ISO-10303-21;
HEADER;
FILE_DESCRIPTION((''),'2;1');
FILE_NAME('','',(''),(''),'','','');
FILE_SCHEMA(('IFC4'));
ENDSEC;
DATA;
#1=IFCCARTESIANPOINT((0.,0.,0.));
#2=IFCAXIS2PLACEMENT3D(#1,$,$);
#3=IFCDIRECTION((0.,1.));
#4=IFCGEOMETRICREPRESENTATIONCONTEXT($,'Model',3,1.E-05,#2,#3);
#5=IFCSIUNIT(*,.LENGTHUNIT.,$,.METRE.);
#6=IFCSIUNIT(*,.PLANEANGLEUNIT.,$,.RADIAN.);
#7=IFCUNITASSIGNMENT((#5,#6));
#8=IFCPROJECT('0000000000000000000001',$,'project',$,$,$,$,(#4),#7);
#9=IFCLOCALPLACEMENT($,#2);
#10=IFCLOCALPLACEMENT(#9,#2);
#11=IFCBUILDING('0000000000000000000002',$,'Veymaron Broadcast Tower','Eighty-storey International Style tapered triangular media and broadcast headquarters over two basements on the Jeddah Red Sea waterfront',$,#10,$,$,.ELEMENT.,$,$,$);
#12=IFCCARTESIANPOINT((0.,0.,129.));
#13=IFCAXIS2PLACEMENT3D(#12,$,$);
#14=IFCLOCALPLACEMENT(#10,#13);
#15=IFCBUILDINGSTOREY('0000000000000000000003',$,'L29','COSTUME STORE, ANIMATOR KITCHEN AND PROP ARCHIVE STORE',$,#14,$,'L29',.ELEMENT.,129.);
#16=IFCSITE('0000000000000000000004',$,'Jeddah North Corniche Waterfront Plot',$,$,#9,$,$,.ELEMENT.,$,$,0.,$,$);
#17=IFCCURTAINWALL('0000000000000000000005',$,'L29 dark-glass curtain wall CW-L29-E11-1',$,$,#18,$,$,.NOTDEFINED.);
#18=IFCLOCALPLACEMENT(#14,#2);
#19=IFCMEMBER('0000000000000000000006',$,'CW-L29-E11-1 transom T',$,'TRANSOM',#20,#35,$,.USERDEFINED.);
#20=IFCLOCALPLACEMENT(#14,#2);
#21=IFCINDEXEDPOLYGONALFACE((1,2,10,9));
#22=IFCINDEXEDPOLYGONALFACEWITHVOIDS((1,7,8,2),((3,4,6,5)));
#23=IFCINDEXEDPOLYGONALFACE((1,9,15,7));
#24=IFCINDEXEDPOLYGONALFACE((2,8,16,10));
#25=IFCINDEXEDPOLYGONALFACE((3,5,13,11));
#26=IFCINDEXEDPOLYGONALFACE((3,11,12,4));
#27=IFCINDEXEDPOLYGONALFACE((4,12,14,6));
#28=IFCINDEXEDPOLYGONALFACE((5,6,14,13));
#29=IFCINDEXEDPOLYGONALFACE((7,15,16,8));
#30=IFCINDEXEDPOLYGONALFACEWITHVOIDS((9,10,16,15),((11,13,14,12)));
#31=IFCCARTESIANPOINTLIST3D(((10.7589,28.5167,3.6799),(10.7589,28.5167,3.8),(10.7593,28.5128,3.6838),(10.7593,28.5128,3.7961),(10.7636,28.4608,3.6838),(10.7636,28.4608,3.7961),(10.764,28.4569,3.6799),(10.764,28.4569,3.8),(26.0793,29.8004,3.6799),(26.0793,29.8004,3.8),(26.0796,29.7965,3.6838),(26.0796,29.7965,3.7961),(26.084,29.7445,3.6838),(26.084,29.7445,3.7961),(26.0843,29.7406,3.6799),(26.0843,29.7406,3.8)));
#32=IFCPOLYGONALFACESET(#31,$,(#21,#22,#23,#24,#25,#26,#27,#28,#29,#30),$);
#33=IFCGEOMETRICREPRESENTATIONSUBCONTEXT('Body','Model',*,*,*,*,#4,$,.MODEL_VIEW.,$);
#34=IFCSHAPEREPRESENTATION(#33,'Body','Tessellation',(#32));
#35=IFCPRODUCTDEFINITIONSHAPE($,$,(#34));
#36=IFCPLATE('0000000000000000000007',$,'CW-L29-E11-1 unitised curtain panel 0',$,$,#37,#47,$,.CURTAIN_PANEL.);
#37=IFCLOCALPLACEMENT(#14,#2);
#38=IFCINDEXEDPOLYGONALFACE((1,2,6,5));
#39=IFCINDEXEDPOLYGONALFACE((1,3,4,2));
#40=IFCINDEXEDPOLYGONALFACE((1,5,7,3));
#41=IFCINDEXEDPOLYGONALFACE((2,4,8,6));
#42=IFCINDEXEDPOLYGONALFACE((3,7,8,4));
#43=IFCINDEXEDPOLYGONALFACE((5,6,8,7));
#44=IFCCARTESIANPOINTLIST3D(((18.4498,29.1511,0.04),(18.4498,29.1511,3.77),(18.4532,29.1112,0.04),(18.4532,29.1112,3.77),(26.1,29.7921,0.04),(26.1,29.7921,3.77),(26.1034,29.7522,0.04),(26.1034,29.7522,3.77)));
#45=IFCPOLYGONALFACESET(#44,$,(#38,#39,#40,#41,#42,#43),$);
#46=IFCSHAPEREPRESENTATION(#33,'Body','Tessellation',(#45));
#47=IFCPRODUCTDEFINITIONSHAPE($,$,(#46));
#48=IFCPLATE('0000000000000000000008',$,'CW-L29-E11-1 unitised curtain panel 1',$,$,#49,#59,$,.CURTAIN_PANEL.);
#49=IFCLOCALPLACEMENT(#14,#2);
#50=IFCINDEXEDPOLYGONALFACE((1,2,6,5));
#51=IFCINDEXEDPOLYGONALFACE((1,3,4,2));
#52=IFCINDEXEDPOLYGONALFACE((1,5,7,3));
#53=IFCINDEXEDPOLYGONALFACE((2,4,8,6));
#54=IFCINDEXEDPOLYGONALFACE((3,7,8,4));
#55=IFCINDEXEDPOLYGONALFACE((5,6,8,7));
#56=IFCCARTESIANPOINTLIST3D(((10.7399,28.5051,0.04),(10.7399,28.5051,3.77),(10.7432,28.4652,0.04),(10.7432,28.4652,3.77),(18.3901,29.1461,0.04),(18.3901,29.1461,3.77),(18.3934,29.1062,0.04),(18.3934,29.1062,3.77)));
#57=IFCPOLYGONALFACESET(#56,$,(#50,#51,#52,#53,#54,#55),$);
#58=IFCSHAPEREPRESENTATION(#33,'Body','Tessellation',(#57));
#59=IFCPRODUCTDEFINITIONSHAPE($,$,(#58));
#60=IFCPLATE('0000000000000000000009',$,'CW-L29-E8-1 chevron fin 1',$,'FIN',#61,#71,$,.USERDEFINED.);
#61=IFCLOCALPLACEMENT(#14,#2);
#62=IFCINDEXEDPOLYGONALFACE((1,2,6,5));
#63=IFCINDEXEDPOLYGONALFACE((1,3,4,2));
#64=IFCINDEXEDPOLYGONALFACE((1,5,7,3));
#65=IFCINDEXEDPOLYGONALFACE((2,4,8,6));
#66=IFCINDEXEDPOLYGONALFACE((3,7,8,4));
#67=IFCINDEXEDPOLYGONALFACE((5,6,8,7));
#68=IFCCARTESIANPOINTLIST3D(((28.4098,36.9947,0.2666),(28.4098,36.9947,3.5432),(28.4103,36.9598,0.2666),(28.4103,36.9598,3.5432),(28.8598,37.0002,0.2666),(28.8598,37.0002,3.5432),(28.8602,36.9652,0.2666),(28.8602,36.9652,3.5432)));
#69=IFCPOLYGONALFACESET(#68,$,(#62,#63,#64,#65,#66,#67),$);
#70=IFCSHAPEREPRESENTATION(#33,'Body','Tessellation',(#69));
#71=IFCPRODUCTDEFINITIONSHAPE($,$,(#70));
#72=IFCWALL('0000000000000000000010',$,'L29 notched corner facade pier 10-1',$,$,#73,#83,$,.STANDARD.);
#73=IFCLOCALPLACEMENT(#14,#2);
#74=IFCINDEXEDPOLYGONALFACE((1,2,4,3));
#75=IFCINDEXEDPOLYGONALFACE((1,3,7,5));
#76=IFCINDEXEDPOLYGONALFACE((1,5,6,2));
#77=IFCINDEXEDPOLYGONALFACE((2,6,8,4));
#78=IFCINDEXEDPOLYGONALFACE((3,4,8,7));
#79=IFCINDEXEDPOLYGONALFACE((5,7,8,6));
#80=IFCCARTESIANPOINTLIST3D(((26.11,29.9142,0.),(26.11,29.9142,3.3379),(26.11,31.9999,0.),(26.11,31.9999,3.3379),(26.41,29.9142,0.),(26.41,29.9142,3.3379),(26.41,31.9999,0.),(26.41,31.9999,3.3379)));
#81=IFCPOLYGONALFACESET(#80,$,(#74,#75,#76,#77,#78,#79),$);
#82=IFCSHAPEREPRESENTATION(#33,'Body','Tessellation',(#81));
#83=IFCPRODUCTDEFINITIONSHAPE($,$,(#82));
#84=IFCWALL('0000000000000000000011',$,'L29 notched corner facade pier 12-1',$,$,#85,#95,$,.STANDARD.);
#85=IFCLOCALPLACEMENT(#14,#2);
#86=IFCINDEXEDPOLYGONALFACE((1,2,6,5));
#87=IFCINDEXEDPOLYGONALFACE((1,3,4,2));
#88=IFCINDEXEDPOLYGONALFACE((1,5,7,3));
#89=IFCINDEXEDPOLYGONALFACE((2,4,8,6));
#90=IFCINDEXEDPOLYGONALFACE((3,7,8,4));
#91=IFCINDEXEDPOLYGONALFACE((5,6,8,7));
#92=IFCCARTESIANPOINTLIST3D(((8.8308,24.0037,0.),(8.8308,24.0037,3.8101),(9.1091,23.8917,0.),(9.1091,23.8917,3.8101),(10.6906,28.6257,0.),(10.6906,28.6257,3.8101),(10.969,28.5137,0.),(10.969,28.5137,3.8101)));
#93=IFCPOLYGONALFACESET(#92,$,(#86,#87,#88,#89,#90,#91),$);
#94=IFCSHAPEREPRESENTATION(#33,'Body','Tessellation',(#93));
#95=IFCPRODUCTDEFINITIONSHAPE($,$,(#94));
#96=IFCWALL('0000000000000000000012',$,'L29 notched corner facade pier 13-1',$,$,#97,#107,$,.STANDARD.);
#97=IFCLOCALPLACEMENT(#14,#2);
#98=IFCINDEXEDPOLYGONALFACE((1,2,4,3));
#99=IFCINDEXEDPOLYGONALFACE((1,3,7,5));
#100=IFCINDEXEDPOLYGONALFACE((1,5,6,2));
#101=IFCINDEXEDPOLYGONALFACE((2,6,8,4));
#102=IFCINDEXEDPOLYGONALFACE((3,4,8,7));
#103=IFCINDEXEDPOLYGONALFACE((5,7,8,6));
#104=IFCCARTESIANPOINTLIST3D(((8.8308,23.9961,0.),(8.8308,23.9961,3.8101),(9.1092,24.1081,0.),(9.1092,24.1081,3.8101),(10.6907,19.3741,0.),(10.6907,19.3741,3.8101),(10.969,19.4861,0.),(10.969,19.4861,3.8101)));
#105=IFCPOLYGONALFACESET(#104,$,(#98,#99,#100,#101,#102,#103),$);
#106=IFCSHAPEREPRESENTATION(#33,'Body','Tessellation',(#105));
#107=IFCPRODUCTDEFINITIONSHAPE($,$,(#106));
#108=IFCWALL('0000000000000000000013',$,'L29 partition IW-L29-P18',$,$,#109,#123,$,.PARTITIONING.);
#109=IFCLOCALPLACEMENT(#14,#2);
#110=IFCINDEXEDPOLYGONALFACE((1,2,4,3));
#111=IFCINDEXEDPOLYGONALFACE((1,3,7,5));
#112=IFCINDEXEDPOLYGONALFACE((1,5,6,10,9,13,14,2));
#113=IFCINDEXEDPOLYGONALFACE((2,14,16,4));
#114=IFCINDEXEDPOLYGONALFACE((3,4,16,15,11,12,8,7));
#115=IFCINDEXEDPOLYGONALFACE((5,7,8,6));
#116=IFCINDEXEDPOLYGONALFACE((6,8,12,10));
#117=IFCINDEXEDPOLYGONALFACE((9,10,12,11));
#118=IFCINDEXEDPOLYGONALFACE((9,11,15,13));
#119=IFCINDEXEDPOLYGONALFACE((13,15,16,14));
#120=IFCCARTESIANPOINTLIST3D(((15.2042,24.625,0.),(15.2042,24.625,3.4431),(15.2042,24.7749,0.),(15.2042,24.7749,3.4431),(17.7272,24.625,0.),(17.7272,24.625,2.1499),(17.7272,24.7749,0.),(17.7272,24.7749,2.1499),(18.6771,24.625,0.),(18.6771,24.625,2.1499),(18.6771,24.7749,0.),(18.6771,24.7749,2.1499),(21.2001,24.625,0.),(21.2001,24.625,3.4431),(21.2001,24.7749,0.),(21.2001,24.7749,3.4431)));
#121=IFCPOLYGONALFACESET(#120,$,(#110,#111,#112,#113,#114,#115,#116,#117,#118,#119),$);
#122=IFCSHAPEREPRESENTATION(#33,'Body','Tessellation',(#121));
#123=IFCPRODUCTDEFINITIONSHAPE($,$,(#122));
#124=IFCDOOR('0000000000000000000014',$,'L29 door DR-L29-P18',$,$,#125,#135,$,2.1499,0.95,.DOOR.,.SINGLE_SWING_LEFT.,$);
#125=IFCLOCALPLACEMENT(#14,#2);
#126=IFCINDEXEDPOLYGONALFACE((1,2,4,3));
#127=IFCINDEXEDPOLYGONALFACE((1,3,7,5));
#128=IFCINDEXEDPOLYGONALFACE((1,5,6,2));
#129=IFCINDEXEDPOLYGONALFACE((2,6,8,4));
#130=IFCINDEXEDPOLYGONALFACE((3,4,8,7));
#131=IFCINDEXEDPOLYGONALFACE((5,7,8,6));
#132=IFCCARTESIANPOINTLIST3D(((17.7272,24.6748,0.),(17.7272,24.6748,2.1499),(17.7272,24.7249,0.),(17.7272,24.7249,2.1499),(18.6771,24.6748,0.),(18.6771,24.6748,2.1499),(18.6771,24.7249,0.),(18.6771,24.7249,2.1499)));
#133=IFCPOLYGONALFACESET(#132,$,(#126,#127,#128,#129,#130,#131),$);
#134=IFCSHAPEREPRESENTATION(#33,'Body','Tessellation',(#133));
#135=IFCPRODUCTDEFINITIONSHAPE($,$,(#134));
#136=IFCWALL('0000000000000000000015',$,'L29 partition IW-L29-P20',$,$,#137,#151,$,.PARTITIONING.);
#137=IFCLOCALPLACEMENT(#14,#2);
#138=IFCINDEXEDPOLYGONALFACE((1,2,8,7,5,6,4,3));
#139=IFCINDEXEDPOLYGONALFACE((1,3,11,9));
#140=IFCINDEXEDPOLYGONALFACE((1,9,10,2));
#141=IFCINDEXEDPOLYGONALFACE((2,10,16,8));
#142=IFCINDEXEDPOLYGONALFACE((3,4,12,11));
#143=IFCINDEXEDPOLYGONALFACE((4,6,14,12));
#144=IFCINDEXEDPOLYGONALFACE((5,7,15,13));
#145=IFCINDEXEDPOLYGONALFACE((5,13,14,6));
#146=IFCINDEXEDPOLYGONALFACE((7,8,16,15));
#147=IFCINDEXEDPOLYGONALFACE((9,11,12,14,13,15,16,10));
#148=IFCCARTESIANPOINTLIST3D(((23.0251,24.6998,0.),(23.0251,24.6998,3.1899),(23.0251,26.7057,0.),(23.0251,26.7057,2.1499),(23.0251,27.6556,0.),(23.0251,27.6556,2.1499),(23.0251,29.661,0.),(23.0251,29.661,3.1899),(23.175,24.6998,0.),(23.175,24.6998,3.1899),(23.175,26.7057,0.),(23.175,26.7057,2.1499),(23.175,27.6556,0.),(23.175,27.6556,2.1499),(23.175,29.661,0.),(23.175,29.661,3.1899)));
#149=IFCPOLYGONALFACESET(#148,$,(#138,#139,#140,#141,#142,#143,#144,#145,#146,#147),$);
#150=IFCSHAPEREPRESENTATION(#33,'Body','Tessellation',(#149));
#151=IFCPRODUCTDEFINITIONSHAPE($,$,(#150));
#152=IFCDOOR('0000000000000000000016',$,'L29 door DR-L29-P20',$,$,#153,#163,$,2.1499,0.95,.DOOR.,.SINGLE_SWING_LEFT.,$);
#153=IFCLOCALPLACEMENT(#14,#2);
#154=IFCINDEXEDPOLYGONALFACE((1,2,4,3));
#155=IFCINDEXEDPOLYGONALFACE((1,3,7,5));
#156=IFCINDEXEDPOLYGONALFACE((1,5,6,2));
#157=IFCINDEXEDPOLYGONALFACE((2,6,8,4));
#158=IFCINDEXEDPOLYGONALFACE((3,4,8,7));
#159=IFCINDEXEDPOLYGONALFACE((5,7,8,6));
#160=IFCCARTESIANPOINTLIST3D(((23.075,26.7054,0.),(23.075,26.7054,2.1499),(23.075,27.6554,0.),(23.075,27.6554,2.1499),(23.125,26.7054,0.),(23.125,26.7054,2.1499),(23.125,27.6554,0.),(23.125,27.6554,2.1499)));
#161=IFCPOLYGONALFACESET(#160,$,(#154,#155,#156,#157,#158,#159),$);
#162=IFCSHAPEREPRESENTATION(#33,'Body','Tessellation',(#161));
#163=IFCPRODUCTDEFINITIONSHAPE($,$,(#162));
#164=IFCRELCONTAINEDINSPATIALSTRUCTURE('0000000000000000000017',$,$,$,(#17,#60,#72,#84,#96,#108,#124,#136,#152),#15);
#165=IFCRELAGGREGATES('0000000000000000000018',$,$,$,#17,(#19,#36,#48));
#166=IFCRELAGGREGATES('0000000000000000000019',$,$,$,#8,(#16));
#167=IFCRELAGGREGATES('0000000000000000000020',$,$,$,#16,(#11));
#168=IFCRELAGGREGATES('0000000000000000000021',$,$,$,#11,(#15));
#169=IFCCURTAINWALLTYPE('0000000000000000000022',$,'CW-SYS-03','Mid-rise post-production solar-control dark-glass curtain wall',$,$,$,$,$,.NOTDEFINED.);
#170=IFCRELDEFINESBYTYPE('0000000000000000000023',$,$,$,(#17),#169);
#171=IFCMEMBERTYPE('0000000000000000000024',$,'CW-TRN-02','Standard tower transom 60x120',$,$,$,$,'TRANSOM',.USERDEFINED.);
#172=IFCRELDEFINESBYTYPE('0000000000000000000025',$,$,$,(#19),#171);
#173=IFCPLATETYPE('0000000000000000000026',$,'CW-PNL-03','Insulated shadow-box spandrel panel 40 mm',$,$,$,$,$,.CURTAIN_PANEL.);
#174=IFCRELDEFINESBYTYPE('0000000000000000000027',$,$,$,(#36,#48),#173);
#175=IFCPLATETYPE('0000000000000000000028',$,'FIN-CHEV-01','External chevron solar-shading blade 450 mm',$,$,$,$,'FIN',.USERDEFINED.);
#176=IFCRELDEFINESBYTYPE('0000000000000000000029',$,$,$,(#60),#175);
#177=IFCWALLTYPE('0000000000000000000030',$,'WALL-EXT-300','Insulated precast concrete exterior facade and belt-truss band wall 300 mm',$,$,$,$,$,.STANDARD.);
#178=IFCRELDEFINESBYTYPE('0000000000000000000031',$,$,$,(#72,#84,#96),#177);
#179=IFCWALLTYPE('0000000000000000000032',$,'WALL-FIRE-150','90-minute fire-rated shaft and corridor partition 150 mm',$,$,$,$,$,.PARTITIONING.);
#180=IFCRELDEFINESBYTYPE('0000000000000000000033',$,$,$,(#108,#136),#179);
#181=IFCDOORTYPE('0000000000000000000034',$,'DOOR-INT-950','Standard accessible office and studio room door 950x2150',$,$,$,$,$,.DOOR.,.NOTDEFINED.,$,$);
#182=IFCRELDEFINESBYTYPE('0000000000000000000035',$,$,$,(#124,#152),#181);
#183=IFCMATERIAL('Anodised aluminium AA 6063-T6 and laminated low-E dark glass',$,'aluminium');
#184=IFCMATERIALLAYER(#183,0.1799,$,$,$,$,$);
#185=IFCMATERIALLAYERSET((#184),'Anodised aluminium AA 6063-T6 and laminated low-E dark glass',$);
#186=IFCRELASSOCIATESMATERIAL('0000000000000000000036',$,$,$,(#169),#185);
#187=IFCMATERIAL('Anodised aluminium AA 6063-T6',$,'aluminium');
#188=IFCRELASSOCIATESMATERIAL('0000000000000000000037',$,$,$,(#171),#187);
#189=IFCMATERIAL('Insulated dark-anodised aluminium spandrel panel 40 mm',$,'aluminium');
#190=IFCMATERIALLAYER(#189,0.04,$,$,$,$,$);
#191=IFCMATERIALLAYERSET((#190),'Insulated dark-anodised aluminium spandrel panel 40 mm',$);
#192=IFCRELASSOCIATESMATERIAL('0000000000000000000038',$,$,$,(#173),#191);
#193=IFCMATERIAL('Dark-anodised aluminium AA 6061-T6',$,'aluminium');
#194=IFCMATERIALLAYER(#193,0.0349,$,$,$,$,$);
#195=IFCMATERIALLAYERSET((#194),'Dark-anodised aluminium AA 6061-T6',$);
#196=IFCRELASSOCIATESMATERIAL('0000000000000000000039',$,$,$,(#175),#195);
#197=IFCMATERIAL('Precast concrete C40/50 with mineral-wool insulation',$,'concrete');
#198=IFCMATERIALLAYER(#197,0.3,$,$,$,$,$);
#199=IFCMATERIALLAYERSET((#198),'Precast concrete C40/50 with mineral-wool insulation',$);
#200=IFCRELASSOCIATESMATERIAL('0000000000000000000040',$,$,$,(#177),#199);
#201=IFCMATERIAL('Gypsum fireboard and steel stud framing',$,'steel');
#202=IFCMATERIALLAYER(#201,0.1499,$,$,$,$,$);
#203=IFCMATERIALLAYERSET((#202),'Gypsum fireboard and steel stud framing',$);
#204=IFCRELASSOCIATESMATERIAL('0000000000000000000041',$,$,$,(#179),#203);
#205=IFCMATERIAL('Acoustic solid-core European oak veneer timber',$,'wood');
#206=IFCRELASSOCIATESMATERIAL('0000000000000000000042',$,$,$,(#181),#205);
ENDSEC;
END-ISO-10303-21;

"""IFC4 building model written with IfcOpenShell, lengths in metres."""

from ifc_helpers import new_model, si_unit, direction, frame, frame_2d, origin, origin_2d, place, context, subcontext, project, spatial, rectangle, hollow_rectangle, extrude, material, layer, layer_set, material_profile, profile_set, type_object, element, fill, aggregate, save


model = new_model("IFC4")

# Units and contexts
model_context = context("Model", 3, precision=1e-05, world=origin(), true_north=direction((0.0, 1.0)))
body_context = subcontext(model_context, "Body", "Model", "MODEL_VIEW")
ifc_project = project(units=[si_unit("LENGTHUNIT", "METRE"), si_unit("PLANEANGLEUNIT", "RADIAN")], contexts=[model_context])

# Site, building, storey
site_placement = place(None, origin())
site = spatial("IfcSite", under=ifc_project, at=site_placement, Name="Jeddah North Corniche Waterfront Plot", CompositionType="ELEMENT", RefElevation=0.0)
building_placement = place(site_placement, origin())
building = spatial("IfcBuilding", under=site, at=building_placement, Name="Veymaron Broadcast Tower", Description="Eighty-storey International Style tapered triangular media and broadcast headquarters over two basements on the Jeddah Red Sea waterfront", CompositionType="ELEMENT")
storey_placement = place(building_placement, frame((0.0, 0.0, 129.0)))
storey = spatial("IfcBuildingStorey", under=building, at=storey_placement, Name="L29", Description="COSTUME STORE, ANIMATOR KITCHEN AND PROP ARCHIVE STORE", LongName="L29", CompositionType="ELEMENT", Elevation=129.0)

# Curtain wall, member, plates
ifc_material_1 = material(Name="Anodised aluminium AA 6063-T6 and laminated low-E dark glass", Category="aluminium")
ifc_layer_1 = layer(ifc_material_1, 0.1799)
ifc_layer_set_1 = layer_set([ifc_layer_1], Name="Anodised aluminium AA 6063-T6 and laminated low-E dark glass")
curtain_wall_type = type_object("IfcCurtainWallType", Name="CW-SYS-03", Description="Mid-rise post-production solar-control dark-glass curtain wall", PredefinedType="NOTDEFINED", material=ifc_layer_set_1)
curtain_wall_placement = place(storey_placement, origin())
curtain_wall = element("IfcCurtainWall", 1, at=curtain_wall_placement, inside=storey, type_object=curtain_wall_type, Name="L29 dark-glass curtain wall CW-L29-E11-1", PredefinedType="NOTDEFINED")
ifc_material_2 = material(Name="Anodised aluminium AA 6063-T6", Category="aluminium")
ifc_material_profile_1 = material_profile(ifc_material_2, hollow_rectangle(XDim=0.0601, YDim=0.1201, WallThickness=0.0039, at=origin_2d()), Name="AL120X60X4")
ifc_profile_set_1 = profile_set([ifc_material_profile_1], Name="Anodised aluminium AA 6063-T6")
member_type_1 = type_object("IfcMemberType", Name="CW-TRN-02", Description="Standard tower transom 60x120", ElementType="TRANSOM", PredefinedType="USERDEFINED", material=ifc_profile_set_1)
member_1_placement = place(storey_placement, frame((26.0818, 29.7705, 3.74), z_axis=(-0.996508, -0.083498, 0.0), x_axis=(0.083498, -0.996508, 0.0)))
member_1 = element("IfcMember", 2, at=member_1_placement, type_object=member_type_1, Name="CW-L29-E11-1 transom T", ObjectType="TRANSOM", PredefinedType="USERDEFINED", context=body_context, shape_type="SweptSolid", body=[
    extrude(hollow_rectangle(XDim=0.0601, YDim=0.1201, WallThickness=0.0039, at=origin_2d()), origin(), (0.0, 0.0, 1.0), 15.374),
])
ifc_material_3 = material(Name="Insulated dark-anodised aluminium spandrel panel 40 mm", Category="aluminium")
ifc_layer_2 = layer(ifc_material_3, 0.04)
ifc_layer_set_2 = layer_set([ifc_layer_2], Name="Insulated dark-anodised aluminium spandrel panel 40 mm")
plate_type_1 = type_object("IfcPlateType", Name="CW-PNL-03", Description="Insulated shadow-box spandrel panel 40 mm", PredefinedType="CURTAIN_PANEL", material=ifc_layer_set_2)
plate_1_placement = place(storey_placement, frame((22.2766, 29.4517, 0.04), z_axis=(0.0, 0.0, 1.0), x_axis=(-0.996507, -0.083504, 0.0)))
plate_1 = element("IfcPlate", 3, at=plate_1_placement, type_object=plate_type_1, Name="CW-L29-E11-1 unitised curtain panel 0", PredefinedType="CURTAIN_PANEL", context=body_context, shape_type="SweptSolid", body=[
    extrude(rectangle(XDim=7.677, YDim=0.04, at=origin_2d()), origin(), (0.0, 0.0, 1.0), 3.73),
])
plate_2_placement = place(storey_placement, frame((14.5667, 28.8057, 0.04), z_axis=(0.0, 0.0, 1.0), x_axis=(-0.996507, -0.083504, 0.0)))
plate_2 = element("IfcPlate", 4, at=plate_2_placement, type_object=plate_type_1, Name="CW-L29-E11-1 unitised curtain panel 1", PredefinedType="CURTAIN_PANEL", context=body_context, shape_type="SweptSolid", body=[
    extrude(rectangle(XDim=7.677, YDim=0.04, at=origin_2d()), origin(), (0.0, 0.0, 1.0), 3.73),
])
aggregate(curtain_wall, [member_1, plate_1, plate_2])

# Plate
ifc_material_4 = material(Name="Dark-anodised aluminium AA 6061-T6", Category="aluminium")
ifc_layer_3 = layer(ifc_material_4, 0.0349)
ifc_layer_set_3 = layer_set([ifc_layer_3], Name="Dark-anodised aluminium AA 6061-T6")
plate_type_2 = type_object("IfcPlateType", Name="FIN-CHEV-01", Description="External chevron solar-shading blade 450 mm", ElementType="FIN", PredefinedType="USERDEFINED", material=ifc_layer_set_3)
plate_3_placement = place(storey_placement, frame((28.635, 36.98, 0.2666), z_axis=(0.0, 0.0, 1.0), x_axis=(-0.999927, -0.012077, 0.0)))
element("IfcPlate", 5, at=plate_3_placement, inside=storey, type_object=plate_type_2, Name="CW-L29-E8-1 chevron fin 1", ObjectType="FIN", PredefinedType="USERDEFINED", context=body_context, shape_type="SweptSolid", body=[
    extrude(rectangle(XDim=0.45, YDim=0.0349, at=origin_2d()), origin(), (0.0, 0.0, 1.0), 3.2766),
])

# Walls
ifc_material_5 = material(Name="Precast concrete C40/50 with mineral-wool insulation", Category="concrete")
ifc_layer_4 = layer(ifc_material_5, 0.3)
ifc_layer_set_4 = layer_set([ifc_layer_4], Name="Precast concrete C40/50 with mineral-wool insulation")
wall_type_1 = type_object("IfcWallType", Name="WALL-EXT-300", Description="Insulated precast concrete exterior facade and belt-truss band wall 300 mm", PredefinedType="STANDARD", material=ifc_layer_set_4)
wall_1_placement = place(storey_placement, frame((26.26, 32.0, 0.0), z_axis=(0.0, 0.0, 1.0), x_axis=(0.0, -1.0, 0.0)))
element("IfcWall", 6, at=wall_1_placement, inside=storey, type_object=wall_type_1, Name="L29 notched corner facade pier 10-1", PredefinedType="STANDARD", context=body_context, shape_type="SweptSolid", body=[
    extrude(rectangle(XDim=2.0857, YDim=0.3, at=frame_2d((1.043, 0.0))), origin(), (0.0, 0.0, 1.0), 3.3379),
])
for number, where, z_axis, x_axis, name in (
    (7, (10.8298, 28.5698, 0.0), (0.0, 0.0, 1.0), (-0.373299, -0.927711, 0.0), "L29 notched corner facade pier 12-1"),
    (8, (8.97, 24.0522, 0.0), (0.0, 0.0, 1.0), (0.373299, -0.927711, 0.0), "L29 notched corner facade pier 13-1"),
):
    element("IfcWall", number, at=place(storey_placement, frame(where, z_axis=z_axis, x_axis=x_axis)), inside=storey, type_object=wall_type_1, Name=name, PredefinedType="STANDARD", context=body_context, shape_type="SweptSolid", body=[
        extrude(rectangle(XDim=4.9822, YDim=0.3, at=frame_2d((2.4912, 0.0))), origin(), (0.0, 0.0, 1.0), 3.8101),
    ])

# Walls, openings, doors
ifc_material_6 = material(Name="Gypsum fireboard and steel stud framing", Category="steel")
ifc_layer_5 = layer(ifc_material_6, 0.1499)
ifc_layer_set_5 = layer_set([ifc_layer_5], Name="Gypsum fireboard and steel stud framing")
wall_type_2 = type_object("IfcWallType", Name="WALL-FIRE-150", Description="90-minute fire-rated shaft and corridor partition 150 mm", PredefinedType="PARTITIONING", material=ifc_layer_set_5)
wall_2_placement = place(storey_placement, frame((15.2041, 24.7, 0.0), z_axis=(0.0, 0.0, 1.0), x_axis=(1.0, 0.0, 0.0)))
wall_2 = element("IfcWall", 9, at=wall_2_placement, inside=storey, type_object=wall_type_2, Name="L29 partition IW-L29-P18", PredefinedType="PARTITIONING", context=body_context, shape_type="SweptSolid", body=[
    extrude(rectangle(XDim=5.9958, YDim=0.1499, at=frame_2d((2.998, 0.0))), origin(), (0.0, 0.0, 1.0), 3.4431),
])
opening_1_placement = place(wall_2_placement, frame((2.5229, 0.0, 0.0)))
opening_1 = element("IfcOpeningElement", 10, at=opening_1_placement, cuts=wall_2, PredefinedType="OPENING", context=body_context, shape_type="SweptSolid", body=[
    extrude(rectangle(XDim=0.95, YDim=2.1499, at=frame_2d((0.4751, 1.075))), frame((0.0, 0.085, 0.0), z_axis=(0.0, -1.0, 0.0), x_axis=(1.0, 0.0, 0.0)), (0.0, 0.0, 1.0), 0.1699),
])
ifc_material_7 = material(Name="Acoustic solid-core European oak veneer timber", Category="wood")
door_type = type_object("IfcDoorType", Name="DOOR-INT-950", Description="Standard accessible office and studio room door 950x2150", OperationType="NOTDEFINED", PredefinedType="DOOR", material=ifc_material_7)
door_1_placement = place(opening_1_placement, origin())
door_1 = element("IfcDoor", 11, at=door_1_placement, inside=storey, type_object=door_type, Name="L29 door DR-L29-P18", OperationType="SINGLE_SWING_LEFT", OverallHeight=2.1499, OverallWidth=0.95, PredefinedType="DOOR", context=body_context, shape_type="SweptSolid", body=[
    extrude(rectangle(XDim=0.95, YDim=2.1499, at=frame_2d((0.4751, 1.075))), frame((0.0, 0.0249, 0.0), z_axis=(0.0, -1.0, 0.0), x_axis=(1.0, 0.0, 0.0)), (0.0, 0.0, 1.0), 0.05),
])
fill(opening_1, door_1)
wall_3_placement = place(storey_placement, frame((23.1001, 24.7, 0.0), z_axis=(0.0, 0.0, 1.0), x_axis=(0.0, 1.0, 0.0)))
wall_3 = element("IfcWall", 12, at=wall_3_placement, inside=storey, type_object=wall_type_2, Name="L29 partition IW-L29-P20", PredefinedType="PARTITIONING", context=body_context, shape_type="SweptSolid", body=[
    extrude(rectangle(XDim=4.9612, YDim=0.1499, at=frame_2d((2.4805, 0.0))), origin(), (0.0, 0.0, 1.0), 3.1899),
])
opening_2_placement = place(wall_3_placement, frame((2.0056, 0.0, 0.0)))
opening_2 = element("IfcOpeningElement", 13, at=opening_2_placement, cuts=wall_3, PredefinedType="OPENING", context=body_context, shape_type="SweptSolid", body=[
    extrude(rectangle(XDim=0.95, YDim=2.1499, at=frame_2d((0.4751, 1.075))), frame((0.0, 0.085, 0.0), z_axis=(0.0, -1.0, 0.0), x_axis=(1.0, 0.0, 0.0)), (0.0, 0.0, 1.0), 0.1699),
])
door_2_placement = place(opening_2_placement, frame((0.95, 0.0, 0.0), z_axis=(0.0, 0.0, 1.0), x_axis=(-1.0, 0.0, 0.0)))
door_2 = element("IfcDoor", 14, at=door_2_placement, inside=storey, type_object=door_type, Name="L29 door DR-L29-P20", OperationType="SINGLE_SWING_LEFT", OverallHeight=2.1499, OverallWidth=0.95, PredefinedType="DOOR", context=body_context, shape_type="SweptSolid", body=[
    extrude(rectangle(XDim=0.95, YDim=2.1499, at=frame_2d((0.4751, 1.075))), frame((0.0, 0.0249, 0.0), z_axis=(0.0, -1.0, 0.0), x_axis=(1.0, 0.0, 0.0)), (0.0, 0.0, 1.0), 0.05),
])
fill(opening_2, door_2)

save(model, "model.ifc")
